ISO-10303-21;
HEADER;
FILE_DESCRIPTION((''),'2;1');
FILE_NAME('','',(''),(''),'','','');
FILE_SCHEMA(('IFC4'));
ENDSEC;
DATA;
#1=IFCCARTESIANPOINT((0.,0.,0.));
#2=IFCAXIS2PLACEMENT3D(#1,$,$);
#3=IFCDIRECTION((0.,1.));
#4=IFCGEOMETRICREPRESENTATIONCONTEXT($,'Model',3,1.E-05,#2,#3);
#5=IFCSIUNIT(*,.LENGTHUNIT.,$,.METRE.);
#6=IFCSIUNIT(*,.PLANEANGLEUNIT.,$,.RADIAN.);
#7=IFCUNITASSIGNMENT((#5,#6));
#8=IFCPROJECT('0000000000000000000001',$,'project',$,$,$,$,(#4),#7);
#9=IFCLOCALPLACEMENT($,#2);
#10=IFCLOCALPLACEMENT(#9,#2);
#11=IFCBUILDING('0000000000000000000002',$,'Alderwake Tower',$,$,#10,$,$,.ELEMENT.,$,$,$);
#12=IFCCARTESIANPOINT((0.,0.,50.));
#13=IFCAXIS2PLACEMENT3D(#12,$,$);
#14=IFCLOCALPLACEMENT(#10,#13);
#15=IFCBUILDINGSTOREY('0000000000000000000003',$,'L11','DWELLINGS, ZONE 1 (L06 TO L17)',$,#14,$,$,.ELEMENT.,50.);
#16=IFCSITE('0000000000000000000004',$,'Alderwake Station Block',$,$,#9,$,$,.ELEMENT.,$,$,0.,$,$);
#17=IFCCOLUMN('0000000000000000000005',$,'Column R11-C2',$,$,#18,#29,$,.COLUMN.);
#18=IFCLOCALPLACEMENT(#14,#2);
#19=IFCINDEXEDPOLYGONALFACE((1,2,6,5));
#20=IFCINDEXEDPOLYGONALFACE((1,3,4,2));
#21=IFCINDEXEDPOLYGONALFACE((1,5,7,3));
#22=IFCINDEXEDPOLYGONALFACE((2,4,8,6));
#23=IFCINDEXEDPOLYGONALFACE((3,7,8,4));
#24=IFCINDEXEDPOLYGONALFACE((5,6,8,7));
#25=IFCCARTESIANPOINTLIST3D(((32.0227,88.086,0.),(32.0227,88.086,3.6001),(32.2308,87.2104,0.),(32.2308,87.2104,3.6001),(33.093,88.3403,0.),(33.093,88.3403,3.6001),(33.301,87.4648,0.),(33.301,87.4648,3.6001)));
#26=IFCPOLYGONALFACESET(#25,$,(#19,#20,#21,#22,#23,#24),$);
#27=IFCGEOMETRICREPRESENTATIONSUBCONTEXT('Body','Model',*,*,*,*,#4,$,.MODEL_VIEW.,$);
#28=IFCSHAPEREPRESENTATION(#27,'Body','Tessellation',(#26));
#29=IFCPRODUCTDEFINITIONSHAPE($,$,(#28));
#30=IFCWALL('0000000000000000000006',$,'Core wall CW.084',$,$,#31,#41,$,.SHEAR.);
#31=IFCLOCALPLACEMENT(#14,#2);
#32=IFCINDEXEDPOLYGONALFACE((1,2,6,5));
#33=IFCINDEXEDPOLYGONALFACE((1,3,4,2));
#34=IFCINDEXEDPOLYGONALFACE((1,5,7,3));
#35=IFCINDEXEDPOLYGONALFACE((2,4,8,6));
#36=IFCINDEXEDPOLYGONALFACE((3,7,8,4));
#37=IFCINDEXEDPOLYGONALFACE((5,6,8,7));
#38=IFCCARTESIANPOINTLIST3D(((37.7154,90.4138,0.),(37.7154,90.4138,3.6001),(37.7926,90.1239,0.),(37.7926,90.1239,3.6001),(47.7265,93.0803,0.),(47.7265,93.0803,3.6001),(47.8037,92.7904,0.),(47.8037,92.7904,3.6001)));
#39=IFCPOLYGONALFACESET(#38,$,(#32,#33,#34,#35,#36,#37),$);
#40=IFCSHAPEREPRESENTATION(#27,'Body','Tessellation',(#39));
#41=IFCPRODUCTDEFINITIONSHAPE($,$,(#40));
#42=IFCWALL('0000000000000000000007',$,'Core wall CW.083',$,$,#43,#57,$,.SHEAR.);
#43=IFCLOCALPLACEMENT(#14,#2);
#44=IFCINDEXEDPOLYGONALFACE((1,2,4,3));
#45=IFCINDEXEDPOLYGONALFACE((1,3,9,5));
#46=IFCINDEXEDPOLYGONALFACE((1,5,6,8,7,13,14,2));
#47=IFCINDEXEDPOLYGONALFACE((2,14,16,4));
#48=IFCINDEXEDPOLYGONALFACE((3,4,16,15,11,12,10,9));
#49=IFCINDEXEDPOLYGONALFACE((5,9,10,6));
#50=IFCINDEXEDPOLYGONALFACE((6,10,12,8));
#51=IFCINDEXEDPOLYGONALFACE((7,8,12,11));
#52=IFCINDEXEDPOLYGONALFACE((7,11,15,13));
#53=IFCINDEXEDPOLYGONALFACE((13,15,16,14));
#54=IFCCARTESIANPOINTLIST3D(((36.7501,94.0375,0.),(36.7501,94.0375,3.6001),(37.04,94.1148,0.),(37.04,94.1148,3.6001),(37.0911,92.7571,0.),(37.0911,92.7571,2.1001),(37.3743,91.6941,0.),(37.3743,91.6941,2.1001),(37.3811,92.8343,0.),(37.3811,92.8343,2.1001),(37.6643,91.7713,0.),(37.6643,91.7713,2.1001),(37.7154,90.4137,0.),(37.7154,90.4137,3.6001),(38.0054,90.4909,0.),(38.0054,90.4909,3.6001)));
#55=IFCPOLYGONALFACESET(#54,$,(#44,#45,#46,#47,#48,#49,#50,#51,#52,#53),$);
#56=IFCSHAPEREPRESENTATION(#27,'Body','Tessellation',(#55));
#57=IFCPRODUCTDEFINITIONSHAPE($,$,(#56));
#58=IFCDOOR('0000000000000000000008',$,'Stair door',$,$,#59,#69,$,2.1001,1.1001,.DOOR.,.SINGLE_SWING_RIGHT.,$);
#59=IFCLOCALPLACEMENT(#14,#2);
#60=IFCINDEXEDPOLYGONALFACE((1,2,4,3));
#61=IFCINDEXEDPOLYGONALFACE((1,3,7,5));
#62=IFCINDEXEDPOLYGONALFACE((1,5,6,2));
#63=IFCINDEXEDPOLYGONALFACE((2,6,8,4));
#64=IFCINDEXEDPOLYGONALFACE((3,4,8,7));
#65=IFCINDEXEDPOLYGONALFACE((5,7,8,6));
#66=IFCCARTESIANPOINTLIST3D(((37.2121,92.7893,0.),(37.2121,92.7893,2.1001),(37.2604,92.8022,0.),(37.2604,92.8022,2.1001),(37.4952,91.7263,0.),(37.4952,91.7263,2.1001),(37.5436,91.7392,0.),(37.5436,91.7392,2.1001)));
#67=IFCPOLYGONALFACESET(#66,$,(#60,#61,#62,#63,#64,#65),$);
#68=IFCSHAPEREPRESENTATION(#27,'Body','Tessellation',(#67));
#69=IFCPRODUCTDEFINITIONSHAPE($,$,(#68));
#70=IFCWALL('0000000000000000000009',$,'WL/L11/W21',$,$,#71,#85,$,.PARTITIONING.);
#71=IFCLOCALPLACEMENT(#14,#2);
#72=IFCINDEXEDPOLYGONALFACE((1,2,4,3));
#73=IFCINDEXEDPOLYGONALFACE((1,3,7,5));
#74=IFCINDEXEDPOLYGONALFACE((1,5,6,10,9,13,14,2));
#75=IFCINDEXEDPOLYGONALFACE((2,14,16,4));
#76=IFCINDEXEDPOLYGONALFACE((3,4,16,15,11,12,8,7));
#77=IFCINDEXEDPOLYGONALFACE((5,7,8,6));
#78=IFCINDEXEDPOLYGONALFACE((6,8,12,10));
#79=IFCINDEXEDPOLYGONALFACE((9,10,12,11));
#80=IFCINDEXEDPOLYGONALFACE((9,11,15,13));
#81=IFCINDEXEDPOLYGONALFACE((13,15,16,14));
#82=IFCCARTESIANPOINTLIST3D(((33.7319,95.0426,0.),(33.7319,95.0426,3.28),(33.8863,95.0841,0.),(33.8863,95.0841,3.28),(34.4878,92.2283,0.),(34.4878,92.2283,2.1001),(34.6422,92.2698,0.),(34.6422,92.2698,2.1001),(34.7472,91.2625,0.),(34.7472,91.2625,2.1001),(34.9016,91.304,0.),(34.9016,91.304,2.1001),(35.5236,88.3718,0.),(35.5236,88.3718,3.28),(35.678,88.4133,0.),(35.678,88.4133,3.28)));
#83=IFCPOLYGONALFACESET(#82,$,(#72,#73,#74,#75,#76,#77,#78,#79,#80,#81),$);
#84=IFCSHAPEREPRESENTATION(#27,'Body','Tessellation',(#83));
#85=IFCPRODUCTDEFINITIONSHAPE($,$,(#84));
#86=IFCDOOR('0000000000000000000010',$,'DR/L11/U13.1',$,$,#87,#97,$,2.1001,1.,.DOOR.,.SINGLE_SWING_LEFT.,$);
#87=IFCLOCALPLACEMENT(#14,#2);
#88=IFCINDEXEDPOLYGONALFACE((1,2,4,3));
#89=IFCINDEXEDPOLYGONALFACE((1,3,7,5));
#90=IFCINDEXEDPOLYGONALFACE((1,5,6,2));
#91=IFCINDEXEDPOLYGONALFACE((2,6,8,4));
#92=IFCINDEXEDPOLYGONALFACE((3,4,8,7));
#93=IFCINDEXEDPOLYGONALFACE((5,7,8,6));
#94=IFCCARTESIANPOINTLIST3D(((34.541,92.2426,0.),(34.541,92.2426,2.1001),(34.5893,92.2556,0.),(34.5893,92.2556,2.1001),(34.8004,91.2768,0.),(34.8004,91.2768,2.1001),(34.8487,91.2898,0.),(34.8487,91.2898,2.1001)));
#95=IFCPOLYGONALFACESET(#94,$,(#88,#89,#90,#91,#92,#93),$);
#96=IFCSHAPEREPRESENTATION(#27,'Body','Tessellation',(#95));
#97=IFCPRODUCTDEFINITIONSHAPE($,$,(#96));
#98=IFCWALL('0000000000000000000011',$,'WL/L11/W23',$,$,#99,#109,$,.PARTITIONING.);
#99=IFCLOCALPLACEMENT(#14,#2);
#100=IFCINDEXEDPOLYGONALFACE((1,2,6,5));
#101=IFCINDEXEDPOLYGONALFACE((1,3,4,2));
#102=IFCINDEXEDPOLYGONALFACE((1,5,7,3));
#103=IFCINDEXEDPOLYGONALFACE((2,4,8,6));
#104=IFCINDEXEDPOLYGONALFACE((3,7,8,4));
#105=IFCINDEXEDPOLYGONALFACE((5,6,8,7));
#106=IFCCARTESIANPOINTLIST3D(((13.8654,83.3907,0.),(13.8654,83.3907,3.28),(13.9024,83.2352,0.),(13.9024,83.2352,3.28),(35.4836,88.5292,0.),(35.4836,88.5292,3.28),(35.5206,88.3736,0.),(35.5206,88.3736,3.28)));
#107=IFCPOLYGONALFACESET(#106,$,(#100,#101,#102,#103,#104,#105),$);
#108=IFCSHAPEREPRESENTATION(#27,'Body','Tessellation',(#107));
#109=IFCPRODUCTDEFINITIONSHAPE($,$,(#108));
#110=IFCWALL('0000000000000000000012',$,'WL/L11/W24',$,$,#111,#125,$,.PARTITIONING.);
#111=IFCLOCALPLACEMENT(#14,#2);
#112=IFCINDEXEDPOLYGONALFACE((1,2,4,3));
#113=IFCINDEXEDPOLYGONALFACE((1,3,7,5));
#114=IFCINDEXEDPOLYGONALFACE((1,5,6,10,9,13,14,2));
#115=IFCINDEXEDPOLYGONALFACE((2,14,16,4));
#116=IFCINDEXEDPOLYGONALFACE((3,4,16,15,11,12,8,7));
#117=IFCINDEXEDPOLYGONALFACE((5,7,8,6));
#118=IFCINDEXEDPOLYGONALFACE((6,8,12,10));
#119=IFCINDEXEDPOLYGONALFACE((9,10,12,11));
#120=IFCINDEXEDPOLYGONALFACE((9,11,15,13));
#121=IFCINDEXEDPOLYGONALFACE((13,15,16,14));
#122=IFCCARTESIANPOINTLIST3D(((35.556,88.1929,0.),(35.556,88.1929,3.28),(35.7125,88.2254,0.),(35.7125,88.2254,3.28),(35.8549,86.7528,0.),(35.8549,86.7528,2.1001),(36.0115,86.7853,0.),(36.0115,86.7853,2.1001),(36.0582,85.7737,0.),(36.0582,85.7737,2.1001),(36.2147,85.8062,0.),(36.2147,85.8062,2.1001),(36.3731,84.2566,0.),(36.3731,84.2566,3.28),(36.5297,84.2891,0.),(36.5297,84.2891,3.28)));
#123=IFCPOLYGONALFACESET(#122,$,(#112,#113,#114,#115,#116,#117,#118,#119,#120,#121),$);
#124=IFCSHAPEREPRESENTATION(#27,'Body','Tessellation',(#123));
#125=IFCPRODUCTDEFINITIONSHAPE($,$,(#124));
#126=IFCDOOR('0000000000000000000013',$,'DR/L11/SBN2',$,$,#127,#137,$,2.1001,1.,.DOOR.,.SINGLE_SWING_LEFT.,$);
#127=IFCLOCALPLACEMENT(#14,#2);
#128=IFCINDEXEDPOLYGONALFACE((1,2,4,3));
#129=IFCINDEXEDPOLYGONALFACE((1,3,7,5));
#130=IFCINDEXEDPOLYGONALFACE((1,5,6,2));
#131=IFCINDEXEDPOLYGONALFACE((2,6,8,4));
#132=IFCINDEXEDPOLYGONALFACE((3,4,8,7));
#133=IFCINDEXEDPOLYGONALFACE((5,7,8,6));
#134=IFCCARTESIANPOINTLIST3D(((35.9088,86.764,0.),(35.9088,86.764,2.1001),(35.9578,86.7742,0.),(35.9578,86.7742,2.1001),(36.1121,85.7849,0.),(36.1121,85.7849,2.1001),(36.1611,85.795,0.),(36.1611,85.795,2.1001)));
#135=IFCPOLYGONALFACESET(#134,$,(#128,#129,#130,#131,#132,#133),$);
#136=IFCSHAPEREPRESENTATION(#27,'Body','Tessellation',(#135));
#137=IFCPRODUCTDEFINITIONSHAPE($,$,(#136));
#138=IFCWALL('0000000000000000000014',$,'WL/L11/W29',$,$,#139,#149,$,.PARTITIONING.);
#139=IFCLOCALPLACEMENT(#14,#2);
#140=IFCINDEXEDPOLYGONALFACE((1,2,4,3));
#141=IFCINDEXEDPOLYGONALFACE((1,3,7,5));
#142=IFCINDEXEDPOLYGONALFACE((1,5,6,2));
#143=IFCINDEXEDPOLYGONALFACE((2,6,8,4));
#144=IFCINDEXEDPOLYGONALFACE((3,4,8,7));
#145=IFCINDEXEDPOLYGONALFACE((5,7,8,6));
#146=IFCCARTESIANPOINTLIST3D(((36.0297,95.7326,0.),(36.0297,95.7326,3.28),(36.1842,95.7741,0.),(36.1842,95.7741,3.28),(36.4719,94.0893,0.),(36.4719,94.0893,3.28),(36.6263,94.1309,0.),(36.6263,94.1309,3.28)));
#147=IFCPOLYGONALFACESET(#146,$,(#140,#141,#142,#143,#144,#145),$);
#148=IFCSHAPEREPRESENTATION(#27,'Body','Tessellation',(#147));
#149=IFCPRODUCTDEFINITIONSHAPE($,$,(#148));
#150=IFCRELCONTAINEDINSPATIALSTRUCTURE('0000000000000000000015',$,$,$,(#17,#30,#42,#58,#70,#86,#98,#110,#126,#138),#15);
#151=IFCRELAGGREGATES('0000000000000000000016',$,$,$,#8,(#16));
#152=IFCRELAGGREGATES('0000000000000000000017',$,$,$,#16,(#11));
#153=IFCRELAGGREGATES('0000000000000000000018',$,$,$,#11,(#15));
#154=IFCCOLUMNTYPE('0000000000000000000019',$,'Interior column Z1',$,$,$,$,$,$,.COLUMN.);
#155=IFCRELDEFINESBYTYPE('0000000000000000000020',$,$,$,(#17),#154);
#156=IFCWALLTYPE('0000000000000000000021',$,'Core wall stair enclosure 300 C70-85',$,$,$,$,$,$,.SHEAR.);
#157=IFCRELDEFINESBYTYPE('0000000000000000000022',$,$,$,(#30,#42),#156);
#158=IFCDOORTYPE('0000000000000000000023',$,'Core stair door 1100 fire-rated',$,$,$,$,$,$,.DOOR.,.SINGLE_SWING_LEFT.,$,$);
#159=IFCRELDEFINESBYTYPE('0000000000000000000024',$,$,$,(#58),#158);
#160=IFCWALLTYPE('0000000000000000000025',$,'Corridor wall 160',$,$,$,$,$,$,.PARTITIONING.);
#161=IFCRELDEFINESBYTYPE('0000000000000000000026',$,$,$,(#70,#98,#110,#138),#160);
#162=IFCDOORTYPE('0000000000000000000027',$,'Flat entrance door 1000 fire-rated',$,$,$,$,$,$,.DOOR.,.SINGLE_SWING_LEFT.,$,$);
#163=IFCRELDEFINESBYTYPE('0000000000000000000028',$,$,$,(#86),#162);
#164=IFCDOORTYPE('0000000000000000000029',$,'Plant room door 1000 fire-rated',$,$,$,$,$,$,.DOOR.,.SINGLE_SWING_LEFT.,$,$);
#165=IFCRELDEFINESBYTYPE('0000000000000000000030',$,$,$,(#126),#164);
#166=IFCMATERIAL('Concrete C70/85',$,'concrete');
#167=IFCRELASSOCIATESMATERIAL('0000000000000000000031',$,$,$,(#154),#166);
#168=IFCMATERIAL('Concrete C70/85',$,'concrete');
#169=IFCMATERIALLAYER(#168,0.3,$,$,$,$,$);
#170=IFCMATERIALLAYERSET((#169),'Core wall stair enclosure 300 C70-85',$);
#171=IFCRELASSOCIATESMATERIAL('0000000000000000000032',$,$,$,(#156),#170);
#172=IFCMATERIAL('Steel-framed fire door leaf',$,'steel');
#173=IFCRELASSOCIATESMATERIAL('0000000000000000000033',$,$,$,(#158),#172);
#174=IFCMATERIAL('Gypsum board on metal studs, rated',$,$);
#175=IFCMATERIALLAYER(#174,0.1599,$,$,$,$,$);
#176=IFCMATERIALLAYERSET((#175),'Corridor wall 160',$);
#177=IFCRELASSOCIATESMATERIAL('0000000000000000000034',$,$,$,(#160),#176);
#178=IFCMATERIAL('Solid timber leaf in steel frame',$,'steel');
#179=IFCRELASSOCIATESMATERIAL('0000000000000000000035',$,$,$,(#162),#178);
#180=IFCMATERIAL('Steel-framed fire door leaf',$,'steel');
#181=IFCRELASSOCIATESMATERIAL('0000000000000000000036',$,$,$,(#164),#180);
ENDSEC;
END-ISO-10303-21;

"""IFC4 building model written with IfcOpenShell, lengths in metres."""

from ifc_helpers import new_model, si_unit, direction, frame, frame_2d, origin, origin_2d, place, context, subcontext, project, spatial, rectangle, extrude, material, layer, layer_set, material_profile, profile_set, type_object, element, fill, save


model = new_model("IFC4")

# Units and contexts
model_context = context("Model", 3, precision=1e-05, world=origin(), true_north=direction((0.0, 1.0)))
body_context = subcontext(model_context, "Body", "Model", "MODEL_VIEW")
ifc_project = project(units=[si_unit("LENGTHUNIT", "METRE"), si_unit("PLANEANGLEUNIT", "RADIAN")], contexts=[model_context])

# Site, building, storey
site_placement = place(None, origin())
site = spatial("IfcSite", under=ifc_project, at=site_placement, Name="Alderwake Station Block", CompositionType="ELEMENT", RefElevation=0.0)
building_placement = place(site_placement, origin())
building = spatial("IfcBuilding", under=site, at=building_placement, Name="Alderwake Tower", CompositionType="ELEMENT")
storey_placement = place(building_placement, frame((0.0, 0.0, 50.0)))
storey = spatial("IfcBuildingStorey", under=building, at=storey_placement, Name="L11", Description="DWELLINGS, ZONE 1 (L06 TO L17)", CompositionType="ELEMENT", Elevation=50.0)

# Column
ifc_material_1 = material(Name="Concrete C70/85", Category="concrete")
ifc_material_profile = material_profile(ifc_material_1, rectangle(XDim=0.8999, YDim=1.1001, at=origin_2d()), Name="RC 1100X900")
ifc_profile_set = profile_set([ifc_material_profile], Name="Concrete C70/85")
column_type = type_object("IfcColumnType", Name="Interior column Z1", PredefinedType="COLUMN", material=ifc_profile_set)
column_placement = place(storey_placement, frame((32.6619, 87.7754, 0.0), z_axis=(0.0, 0.0, 1.0), x_axis=(-0.231222, 0.972901, 0.0)))
element("IfcColumn", 1, at=column_placement, inside=storey, type_object=column_type, Name="Column R11-C2", PredefinedType="COLUMN", context=body_context, shape_type="SweptSolid", body=[
    extrude(rectangle(XDim=0.8999, YDim=1.1001, at=origin_2d()), origin(), (0.0, 0.0, 1.0), 3.6001),
])

# Wall
ifc_material_2 = material(Name="Concrete C70/85", Category="concrete")
ifc_layer_1 = layer(ifc_material_2, 0.3)
ifc_layer_set_1 = layer_set([ifc_layer_1], Name="Core wall stair enclosure 300 C70-85")
wall_type_1 = type_object("IfcWallType", Name="Core wall stair enclosure 300 C70-85", PredefinedType="SHEAR", material=ifc_layer_set_1)
wall_1_placement = place(storey_placement, frame((37.7539, 90.2688, 0.0), z_axis=(0.0, 0.0, 1.0), x_axis=(0.966309, 0.257384, 0.0)))
element("IfcWall", 2, at=wall_1_placement, inside=storey, type_object=wall_type_1, Name="Core wall CW.084", PredefinedType="SHEAR", context=body_context, shape_type="SweptSolid", body=[
    extrude(rectangle(XDim=10.3601, YDim=0.3, at=frame_2d((5.1802, 0.0))), origin(), (0.0, 0.0, 1.0), 3.6001),
])

# Walls, openings, doors
wall_2_placement = place(storey_placement, frame((37.8604, 90.4524, 0.0), z_axis=(0.0, 0.0, 1.0), x_axis=(-0.257411, 0.966302, 0.0)))
wall_2 = element("IfcWall", 3, at=wall_2_placement, inside=storey, type_object=wall_type_1, Name="Core wall CW.083", PredefinedType="SHEAR", context=body_context, shape_type="SweptSolid", body=[
    extrude(rectangle(XDim=3.7502, YDim=0.3, at=frame_2d((1.875, 0.0))), origin(), (0.0, 0.0, 1.0), 3.6001),
])
opening_1_placement = place(wall_2_placement, frame((1.325, 0.0, 0.0)))
opening_1 = element("IfcOpeningElement", 4, at=opening_1_placement, cuts=wall_2, PredefinedType="OPENING", context=body_context, shape_type="SweptSolid", body=[
    extrude(rectangle(XDim=1.1001, YDim=2.1001, at=frame_2d((0.55, 1.05))), frame((0.0, 0.1599, 0.0), z_axis=(0.0, -1.0, 0.0), x_axis=(1.0, 0.0, 0.0)), (0.0, 0.0, 1.0), 0.3201),
])
ifc_material_3 = material(Name="Steel-framed fire door leaf", Category="steel")
door_type_1 = type_object("IfcDoorType", Name="Core stair door 1100 fire-rated", OperationType="SINGLE_SWING_LEFT", PredefinedType="DOOR", material=ifc_material_3)
door_1_placement = place(opening_1_placement, origin())
door_1 = element("IfcDoor", 5, at=door_1_placement, inside=storey, type_object=door_type_1, Name="Stair door", OperationType="SINGLE_SWING_RIGHT", OverallHeight=2.1001, OverallWidth=1.1001, PredefinedType="DOOR", context=body_context, shape_type="SweptSolid", body=[
    extrude(rectangle(XDim=1.1001, YDim=2.1001, at=frame_2d((0.55, 1.05))), frame((0.0, 0.0249, 0.0), z_axis=(0.0, -1.0, 0.0), x_axis=(1.0, 0.0, 0.0)), (0.0, 0.0, 1.0), 0.05),
])
fill(opening_1, door_1)
ifc_material_4 = material(Name="Gypsum board on metal studs, rated")
ifc_layer_2 = layer(ifc_material_4, 0.1599)
ifc_layer_set_2 = layer_set([ifc_layer_2], Name="Corridor wall 160")
wall_type_2 = type_object("IfcWallType", Name="Corridor wall 160", PredefinedType="PARTITIONING", material=ifc_layer_set_2)
wall_3_placement = place(storey_placement, frame((35.6008, 88.3926, 0.0), z_axis=(0.0, 0.0, 1.0), x_axis=(-0.259398, 0.965771, 0.0)))
wall_3 = element("IfcWall", 6, at=wall_3_placement, inside=storey, type_object=wall_type_2, Name="WL/L11/W21", PredefinedType="PARTITIONING", context=body_context, shape_type="SweptSolid", body=[
    extrude(rectangle(XDim=6.9072, YDim=0.1599, at=frame_2d((3.4536, 0.0))), origin(), (0.0, 0.0, 1.0), 3.28),
])
opening_2_placement = place(wall_3_placement, frame((2.9932, 0.0, 0.0)))
opening_2 = element("IfcOpeningElement", 7, at=opening_2_placement, cuts=wall_3, PredefinedType="OPENING", context=body_context, shape_type="SweptSolid", body=[
    extrude(rectangle(XDim=1.0, YDim=2.1001, at=frame_2d((0.5, 1.05))), frame((0.0, 0.0898, 0.0), z_axis=(0.0, -1.0, 0.0), x_axis=(1.0, 0.0, 0.0)), (0.0, 0.0, 1.0), 0.1799),
])
ifc_material_5 = material(Name="Solid timber leaf in steel frame", Category="steel")
door_type_2 = type_object("IfcDoorType", Name="Flat entrance door 1000 fire-rated", OperationType="SINGLE_SWING_LEFT", PredefinedType="DOOR", material=ifc_material_5)
door_2_placement = place(opening_2_placement, origin())
door_2 = element("IfcDoor", 8, at=door_2_placement, inside=storey, type_object=door_type_2, Name="DR/L11/U13.1", OperationType="SINGLE_SWING_LEFT", OverallHeight=2.1001, OverallWidth=1.0, PredefinedType="DOOR", context=body_context, shape_type="SweptSolid", body=[
    extrude(rectangle(XDim=1.0, YDim=2.1001, at=frame_2d((0.5, 1.05))), frame((0.0, 0.0249, 0.0), z_axis=(0.0, -1.0, 0.0), x_axis=(1.0, 0.0, 0.0)), (0.0, 0.0, 1.0), 0.05),
])
fill(opening_2, door_2)

# Wall
wall_4_placement = place(storey_placement, frame((35.5022, 88.4514, 0.0), z_axis=(0.0, 0.0, 1.0), x_axis=(-0.972895, -0.231248, 0.0)))
element("IfcWall", 9, at=wall_4_placement, inside=storey, type_object=wall_type_2, Name="WL/L11/W23", PredefinedType="PARTITIONING", context=body_context, shape_type="SweptSolid", body=[
    extrude(rectangle(XDim=22.2205, YDim=0.1599, at=frame_2d((11.1104, 0.0))), origin(), (0.0, 0.0, 1.0), 3.28),
])

# Wall, opening, door
wall_5_placement = place(storey_placement, frame((36.4514, 84.2727, 0.0), z_axis=(0.0, 0.0, 1.0), x_axis=(-0.203258, 0.979125, 0.0)))
wall_5 = element("IfcWall", 10, at=wall_5_placement, inside=storey, type_object=wall_type_2, Name="WL/L11/W24", PredefinedType="PARTITIONING", context=body_context, shape_type="SweptSolid", body=[
    extrude(rectangle(XDim=4.0203, YDim=0.1599, at=frame_2d((2.0103, 0.0))), origin(), (0.0, 0.0, 1.0), 3.28),
])
opening_3_placement = place(wall_5_placement, frame((1.5496, 0.0, 0.0)))
opening_3 = element("IfcOpeningElement", 11, at=opening_3_placement, cuts=wall_5, PredefinedType="OPENING", context=body_context, shape_type="SweptSolid", body=[
    extrude(rectangle(XDim=1.0, YDim=2.1001, at=frame_2d((0.5, 1.05))), frame((0.0, 0.0898, 0.0), z_axis=(0.0, -1.0, 0.0), x_axis=(1.0, 0.0, 0.0)), (0.0, 0.0, 1.0), 0.1799),
])
ifc_material_6 = material(Name="Steel-framed fire door leaf", Category="steel")
door_type_3 = type_object("IfcDoorType", Name="Plant room door 1000 fire-rated", OperationType="SINGLE_SWING_LEFT", PredefinedType="DOOR", material=ifc_material_6)
door_3_placement = place(opening_3_placement, origin())
door_3 = element("IfcDoor", 12, at=door_3_placement, inside=storey, type_object=door_type_3, Name="DR/L11/SBN2", OperationType="SINGLE_SWING_LEFT", OverallHeight=2.1001, OverallWidth=1.0, PredefinedType="DOOR", context=body_context, shape_type="SweptSolid", body=[
    extrude(rectangle(XDim=1.0, YDim=2.1001, at=frame_2d((0.5, 1.05))), frame((0.0, 0.0249, 0.0), z_axis=(0.0, -1.0, 0.0), x_axis=(1.0, 0.0, 0.0)), (0.0, 0.0, 1.0), 0.05),
])
fill(opening_3, door_3)

# Wall
wall_6_placement = place(storey_placement, frame((36.5491, 94.1101, 0.0), z_axis=(0.0, 0.0, 1.0), x_axis=(-0.259814, 0.965659, 0.0)))
element("IfcWall", 13, at=wall_6_placement, inside=storey, type_object=wall_type_2, Name="WL/L11/W29", PredefinedType="PARTITIONING", context=body_context, shape_type="SweptSolid", body=[
    extrude(rectangle(XDim=1.7017, YDim=0.1599, at=frame_2d((0.8508, 0.0))), origin(), (0.0, 0.0, 1.0), 3.28),
])

save(model, "model.ifc")
